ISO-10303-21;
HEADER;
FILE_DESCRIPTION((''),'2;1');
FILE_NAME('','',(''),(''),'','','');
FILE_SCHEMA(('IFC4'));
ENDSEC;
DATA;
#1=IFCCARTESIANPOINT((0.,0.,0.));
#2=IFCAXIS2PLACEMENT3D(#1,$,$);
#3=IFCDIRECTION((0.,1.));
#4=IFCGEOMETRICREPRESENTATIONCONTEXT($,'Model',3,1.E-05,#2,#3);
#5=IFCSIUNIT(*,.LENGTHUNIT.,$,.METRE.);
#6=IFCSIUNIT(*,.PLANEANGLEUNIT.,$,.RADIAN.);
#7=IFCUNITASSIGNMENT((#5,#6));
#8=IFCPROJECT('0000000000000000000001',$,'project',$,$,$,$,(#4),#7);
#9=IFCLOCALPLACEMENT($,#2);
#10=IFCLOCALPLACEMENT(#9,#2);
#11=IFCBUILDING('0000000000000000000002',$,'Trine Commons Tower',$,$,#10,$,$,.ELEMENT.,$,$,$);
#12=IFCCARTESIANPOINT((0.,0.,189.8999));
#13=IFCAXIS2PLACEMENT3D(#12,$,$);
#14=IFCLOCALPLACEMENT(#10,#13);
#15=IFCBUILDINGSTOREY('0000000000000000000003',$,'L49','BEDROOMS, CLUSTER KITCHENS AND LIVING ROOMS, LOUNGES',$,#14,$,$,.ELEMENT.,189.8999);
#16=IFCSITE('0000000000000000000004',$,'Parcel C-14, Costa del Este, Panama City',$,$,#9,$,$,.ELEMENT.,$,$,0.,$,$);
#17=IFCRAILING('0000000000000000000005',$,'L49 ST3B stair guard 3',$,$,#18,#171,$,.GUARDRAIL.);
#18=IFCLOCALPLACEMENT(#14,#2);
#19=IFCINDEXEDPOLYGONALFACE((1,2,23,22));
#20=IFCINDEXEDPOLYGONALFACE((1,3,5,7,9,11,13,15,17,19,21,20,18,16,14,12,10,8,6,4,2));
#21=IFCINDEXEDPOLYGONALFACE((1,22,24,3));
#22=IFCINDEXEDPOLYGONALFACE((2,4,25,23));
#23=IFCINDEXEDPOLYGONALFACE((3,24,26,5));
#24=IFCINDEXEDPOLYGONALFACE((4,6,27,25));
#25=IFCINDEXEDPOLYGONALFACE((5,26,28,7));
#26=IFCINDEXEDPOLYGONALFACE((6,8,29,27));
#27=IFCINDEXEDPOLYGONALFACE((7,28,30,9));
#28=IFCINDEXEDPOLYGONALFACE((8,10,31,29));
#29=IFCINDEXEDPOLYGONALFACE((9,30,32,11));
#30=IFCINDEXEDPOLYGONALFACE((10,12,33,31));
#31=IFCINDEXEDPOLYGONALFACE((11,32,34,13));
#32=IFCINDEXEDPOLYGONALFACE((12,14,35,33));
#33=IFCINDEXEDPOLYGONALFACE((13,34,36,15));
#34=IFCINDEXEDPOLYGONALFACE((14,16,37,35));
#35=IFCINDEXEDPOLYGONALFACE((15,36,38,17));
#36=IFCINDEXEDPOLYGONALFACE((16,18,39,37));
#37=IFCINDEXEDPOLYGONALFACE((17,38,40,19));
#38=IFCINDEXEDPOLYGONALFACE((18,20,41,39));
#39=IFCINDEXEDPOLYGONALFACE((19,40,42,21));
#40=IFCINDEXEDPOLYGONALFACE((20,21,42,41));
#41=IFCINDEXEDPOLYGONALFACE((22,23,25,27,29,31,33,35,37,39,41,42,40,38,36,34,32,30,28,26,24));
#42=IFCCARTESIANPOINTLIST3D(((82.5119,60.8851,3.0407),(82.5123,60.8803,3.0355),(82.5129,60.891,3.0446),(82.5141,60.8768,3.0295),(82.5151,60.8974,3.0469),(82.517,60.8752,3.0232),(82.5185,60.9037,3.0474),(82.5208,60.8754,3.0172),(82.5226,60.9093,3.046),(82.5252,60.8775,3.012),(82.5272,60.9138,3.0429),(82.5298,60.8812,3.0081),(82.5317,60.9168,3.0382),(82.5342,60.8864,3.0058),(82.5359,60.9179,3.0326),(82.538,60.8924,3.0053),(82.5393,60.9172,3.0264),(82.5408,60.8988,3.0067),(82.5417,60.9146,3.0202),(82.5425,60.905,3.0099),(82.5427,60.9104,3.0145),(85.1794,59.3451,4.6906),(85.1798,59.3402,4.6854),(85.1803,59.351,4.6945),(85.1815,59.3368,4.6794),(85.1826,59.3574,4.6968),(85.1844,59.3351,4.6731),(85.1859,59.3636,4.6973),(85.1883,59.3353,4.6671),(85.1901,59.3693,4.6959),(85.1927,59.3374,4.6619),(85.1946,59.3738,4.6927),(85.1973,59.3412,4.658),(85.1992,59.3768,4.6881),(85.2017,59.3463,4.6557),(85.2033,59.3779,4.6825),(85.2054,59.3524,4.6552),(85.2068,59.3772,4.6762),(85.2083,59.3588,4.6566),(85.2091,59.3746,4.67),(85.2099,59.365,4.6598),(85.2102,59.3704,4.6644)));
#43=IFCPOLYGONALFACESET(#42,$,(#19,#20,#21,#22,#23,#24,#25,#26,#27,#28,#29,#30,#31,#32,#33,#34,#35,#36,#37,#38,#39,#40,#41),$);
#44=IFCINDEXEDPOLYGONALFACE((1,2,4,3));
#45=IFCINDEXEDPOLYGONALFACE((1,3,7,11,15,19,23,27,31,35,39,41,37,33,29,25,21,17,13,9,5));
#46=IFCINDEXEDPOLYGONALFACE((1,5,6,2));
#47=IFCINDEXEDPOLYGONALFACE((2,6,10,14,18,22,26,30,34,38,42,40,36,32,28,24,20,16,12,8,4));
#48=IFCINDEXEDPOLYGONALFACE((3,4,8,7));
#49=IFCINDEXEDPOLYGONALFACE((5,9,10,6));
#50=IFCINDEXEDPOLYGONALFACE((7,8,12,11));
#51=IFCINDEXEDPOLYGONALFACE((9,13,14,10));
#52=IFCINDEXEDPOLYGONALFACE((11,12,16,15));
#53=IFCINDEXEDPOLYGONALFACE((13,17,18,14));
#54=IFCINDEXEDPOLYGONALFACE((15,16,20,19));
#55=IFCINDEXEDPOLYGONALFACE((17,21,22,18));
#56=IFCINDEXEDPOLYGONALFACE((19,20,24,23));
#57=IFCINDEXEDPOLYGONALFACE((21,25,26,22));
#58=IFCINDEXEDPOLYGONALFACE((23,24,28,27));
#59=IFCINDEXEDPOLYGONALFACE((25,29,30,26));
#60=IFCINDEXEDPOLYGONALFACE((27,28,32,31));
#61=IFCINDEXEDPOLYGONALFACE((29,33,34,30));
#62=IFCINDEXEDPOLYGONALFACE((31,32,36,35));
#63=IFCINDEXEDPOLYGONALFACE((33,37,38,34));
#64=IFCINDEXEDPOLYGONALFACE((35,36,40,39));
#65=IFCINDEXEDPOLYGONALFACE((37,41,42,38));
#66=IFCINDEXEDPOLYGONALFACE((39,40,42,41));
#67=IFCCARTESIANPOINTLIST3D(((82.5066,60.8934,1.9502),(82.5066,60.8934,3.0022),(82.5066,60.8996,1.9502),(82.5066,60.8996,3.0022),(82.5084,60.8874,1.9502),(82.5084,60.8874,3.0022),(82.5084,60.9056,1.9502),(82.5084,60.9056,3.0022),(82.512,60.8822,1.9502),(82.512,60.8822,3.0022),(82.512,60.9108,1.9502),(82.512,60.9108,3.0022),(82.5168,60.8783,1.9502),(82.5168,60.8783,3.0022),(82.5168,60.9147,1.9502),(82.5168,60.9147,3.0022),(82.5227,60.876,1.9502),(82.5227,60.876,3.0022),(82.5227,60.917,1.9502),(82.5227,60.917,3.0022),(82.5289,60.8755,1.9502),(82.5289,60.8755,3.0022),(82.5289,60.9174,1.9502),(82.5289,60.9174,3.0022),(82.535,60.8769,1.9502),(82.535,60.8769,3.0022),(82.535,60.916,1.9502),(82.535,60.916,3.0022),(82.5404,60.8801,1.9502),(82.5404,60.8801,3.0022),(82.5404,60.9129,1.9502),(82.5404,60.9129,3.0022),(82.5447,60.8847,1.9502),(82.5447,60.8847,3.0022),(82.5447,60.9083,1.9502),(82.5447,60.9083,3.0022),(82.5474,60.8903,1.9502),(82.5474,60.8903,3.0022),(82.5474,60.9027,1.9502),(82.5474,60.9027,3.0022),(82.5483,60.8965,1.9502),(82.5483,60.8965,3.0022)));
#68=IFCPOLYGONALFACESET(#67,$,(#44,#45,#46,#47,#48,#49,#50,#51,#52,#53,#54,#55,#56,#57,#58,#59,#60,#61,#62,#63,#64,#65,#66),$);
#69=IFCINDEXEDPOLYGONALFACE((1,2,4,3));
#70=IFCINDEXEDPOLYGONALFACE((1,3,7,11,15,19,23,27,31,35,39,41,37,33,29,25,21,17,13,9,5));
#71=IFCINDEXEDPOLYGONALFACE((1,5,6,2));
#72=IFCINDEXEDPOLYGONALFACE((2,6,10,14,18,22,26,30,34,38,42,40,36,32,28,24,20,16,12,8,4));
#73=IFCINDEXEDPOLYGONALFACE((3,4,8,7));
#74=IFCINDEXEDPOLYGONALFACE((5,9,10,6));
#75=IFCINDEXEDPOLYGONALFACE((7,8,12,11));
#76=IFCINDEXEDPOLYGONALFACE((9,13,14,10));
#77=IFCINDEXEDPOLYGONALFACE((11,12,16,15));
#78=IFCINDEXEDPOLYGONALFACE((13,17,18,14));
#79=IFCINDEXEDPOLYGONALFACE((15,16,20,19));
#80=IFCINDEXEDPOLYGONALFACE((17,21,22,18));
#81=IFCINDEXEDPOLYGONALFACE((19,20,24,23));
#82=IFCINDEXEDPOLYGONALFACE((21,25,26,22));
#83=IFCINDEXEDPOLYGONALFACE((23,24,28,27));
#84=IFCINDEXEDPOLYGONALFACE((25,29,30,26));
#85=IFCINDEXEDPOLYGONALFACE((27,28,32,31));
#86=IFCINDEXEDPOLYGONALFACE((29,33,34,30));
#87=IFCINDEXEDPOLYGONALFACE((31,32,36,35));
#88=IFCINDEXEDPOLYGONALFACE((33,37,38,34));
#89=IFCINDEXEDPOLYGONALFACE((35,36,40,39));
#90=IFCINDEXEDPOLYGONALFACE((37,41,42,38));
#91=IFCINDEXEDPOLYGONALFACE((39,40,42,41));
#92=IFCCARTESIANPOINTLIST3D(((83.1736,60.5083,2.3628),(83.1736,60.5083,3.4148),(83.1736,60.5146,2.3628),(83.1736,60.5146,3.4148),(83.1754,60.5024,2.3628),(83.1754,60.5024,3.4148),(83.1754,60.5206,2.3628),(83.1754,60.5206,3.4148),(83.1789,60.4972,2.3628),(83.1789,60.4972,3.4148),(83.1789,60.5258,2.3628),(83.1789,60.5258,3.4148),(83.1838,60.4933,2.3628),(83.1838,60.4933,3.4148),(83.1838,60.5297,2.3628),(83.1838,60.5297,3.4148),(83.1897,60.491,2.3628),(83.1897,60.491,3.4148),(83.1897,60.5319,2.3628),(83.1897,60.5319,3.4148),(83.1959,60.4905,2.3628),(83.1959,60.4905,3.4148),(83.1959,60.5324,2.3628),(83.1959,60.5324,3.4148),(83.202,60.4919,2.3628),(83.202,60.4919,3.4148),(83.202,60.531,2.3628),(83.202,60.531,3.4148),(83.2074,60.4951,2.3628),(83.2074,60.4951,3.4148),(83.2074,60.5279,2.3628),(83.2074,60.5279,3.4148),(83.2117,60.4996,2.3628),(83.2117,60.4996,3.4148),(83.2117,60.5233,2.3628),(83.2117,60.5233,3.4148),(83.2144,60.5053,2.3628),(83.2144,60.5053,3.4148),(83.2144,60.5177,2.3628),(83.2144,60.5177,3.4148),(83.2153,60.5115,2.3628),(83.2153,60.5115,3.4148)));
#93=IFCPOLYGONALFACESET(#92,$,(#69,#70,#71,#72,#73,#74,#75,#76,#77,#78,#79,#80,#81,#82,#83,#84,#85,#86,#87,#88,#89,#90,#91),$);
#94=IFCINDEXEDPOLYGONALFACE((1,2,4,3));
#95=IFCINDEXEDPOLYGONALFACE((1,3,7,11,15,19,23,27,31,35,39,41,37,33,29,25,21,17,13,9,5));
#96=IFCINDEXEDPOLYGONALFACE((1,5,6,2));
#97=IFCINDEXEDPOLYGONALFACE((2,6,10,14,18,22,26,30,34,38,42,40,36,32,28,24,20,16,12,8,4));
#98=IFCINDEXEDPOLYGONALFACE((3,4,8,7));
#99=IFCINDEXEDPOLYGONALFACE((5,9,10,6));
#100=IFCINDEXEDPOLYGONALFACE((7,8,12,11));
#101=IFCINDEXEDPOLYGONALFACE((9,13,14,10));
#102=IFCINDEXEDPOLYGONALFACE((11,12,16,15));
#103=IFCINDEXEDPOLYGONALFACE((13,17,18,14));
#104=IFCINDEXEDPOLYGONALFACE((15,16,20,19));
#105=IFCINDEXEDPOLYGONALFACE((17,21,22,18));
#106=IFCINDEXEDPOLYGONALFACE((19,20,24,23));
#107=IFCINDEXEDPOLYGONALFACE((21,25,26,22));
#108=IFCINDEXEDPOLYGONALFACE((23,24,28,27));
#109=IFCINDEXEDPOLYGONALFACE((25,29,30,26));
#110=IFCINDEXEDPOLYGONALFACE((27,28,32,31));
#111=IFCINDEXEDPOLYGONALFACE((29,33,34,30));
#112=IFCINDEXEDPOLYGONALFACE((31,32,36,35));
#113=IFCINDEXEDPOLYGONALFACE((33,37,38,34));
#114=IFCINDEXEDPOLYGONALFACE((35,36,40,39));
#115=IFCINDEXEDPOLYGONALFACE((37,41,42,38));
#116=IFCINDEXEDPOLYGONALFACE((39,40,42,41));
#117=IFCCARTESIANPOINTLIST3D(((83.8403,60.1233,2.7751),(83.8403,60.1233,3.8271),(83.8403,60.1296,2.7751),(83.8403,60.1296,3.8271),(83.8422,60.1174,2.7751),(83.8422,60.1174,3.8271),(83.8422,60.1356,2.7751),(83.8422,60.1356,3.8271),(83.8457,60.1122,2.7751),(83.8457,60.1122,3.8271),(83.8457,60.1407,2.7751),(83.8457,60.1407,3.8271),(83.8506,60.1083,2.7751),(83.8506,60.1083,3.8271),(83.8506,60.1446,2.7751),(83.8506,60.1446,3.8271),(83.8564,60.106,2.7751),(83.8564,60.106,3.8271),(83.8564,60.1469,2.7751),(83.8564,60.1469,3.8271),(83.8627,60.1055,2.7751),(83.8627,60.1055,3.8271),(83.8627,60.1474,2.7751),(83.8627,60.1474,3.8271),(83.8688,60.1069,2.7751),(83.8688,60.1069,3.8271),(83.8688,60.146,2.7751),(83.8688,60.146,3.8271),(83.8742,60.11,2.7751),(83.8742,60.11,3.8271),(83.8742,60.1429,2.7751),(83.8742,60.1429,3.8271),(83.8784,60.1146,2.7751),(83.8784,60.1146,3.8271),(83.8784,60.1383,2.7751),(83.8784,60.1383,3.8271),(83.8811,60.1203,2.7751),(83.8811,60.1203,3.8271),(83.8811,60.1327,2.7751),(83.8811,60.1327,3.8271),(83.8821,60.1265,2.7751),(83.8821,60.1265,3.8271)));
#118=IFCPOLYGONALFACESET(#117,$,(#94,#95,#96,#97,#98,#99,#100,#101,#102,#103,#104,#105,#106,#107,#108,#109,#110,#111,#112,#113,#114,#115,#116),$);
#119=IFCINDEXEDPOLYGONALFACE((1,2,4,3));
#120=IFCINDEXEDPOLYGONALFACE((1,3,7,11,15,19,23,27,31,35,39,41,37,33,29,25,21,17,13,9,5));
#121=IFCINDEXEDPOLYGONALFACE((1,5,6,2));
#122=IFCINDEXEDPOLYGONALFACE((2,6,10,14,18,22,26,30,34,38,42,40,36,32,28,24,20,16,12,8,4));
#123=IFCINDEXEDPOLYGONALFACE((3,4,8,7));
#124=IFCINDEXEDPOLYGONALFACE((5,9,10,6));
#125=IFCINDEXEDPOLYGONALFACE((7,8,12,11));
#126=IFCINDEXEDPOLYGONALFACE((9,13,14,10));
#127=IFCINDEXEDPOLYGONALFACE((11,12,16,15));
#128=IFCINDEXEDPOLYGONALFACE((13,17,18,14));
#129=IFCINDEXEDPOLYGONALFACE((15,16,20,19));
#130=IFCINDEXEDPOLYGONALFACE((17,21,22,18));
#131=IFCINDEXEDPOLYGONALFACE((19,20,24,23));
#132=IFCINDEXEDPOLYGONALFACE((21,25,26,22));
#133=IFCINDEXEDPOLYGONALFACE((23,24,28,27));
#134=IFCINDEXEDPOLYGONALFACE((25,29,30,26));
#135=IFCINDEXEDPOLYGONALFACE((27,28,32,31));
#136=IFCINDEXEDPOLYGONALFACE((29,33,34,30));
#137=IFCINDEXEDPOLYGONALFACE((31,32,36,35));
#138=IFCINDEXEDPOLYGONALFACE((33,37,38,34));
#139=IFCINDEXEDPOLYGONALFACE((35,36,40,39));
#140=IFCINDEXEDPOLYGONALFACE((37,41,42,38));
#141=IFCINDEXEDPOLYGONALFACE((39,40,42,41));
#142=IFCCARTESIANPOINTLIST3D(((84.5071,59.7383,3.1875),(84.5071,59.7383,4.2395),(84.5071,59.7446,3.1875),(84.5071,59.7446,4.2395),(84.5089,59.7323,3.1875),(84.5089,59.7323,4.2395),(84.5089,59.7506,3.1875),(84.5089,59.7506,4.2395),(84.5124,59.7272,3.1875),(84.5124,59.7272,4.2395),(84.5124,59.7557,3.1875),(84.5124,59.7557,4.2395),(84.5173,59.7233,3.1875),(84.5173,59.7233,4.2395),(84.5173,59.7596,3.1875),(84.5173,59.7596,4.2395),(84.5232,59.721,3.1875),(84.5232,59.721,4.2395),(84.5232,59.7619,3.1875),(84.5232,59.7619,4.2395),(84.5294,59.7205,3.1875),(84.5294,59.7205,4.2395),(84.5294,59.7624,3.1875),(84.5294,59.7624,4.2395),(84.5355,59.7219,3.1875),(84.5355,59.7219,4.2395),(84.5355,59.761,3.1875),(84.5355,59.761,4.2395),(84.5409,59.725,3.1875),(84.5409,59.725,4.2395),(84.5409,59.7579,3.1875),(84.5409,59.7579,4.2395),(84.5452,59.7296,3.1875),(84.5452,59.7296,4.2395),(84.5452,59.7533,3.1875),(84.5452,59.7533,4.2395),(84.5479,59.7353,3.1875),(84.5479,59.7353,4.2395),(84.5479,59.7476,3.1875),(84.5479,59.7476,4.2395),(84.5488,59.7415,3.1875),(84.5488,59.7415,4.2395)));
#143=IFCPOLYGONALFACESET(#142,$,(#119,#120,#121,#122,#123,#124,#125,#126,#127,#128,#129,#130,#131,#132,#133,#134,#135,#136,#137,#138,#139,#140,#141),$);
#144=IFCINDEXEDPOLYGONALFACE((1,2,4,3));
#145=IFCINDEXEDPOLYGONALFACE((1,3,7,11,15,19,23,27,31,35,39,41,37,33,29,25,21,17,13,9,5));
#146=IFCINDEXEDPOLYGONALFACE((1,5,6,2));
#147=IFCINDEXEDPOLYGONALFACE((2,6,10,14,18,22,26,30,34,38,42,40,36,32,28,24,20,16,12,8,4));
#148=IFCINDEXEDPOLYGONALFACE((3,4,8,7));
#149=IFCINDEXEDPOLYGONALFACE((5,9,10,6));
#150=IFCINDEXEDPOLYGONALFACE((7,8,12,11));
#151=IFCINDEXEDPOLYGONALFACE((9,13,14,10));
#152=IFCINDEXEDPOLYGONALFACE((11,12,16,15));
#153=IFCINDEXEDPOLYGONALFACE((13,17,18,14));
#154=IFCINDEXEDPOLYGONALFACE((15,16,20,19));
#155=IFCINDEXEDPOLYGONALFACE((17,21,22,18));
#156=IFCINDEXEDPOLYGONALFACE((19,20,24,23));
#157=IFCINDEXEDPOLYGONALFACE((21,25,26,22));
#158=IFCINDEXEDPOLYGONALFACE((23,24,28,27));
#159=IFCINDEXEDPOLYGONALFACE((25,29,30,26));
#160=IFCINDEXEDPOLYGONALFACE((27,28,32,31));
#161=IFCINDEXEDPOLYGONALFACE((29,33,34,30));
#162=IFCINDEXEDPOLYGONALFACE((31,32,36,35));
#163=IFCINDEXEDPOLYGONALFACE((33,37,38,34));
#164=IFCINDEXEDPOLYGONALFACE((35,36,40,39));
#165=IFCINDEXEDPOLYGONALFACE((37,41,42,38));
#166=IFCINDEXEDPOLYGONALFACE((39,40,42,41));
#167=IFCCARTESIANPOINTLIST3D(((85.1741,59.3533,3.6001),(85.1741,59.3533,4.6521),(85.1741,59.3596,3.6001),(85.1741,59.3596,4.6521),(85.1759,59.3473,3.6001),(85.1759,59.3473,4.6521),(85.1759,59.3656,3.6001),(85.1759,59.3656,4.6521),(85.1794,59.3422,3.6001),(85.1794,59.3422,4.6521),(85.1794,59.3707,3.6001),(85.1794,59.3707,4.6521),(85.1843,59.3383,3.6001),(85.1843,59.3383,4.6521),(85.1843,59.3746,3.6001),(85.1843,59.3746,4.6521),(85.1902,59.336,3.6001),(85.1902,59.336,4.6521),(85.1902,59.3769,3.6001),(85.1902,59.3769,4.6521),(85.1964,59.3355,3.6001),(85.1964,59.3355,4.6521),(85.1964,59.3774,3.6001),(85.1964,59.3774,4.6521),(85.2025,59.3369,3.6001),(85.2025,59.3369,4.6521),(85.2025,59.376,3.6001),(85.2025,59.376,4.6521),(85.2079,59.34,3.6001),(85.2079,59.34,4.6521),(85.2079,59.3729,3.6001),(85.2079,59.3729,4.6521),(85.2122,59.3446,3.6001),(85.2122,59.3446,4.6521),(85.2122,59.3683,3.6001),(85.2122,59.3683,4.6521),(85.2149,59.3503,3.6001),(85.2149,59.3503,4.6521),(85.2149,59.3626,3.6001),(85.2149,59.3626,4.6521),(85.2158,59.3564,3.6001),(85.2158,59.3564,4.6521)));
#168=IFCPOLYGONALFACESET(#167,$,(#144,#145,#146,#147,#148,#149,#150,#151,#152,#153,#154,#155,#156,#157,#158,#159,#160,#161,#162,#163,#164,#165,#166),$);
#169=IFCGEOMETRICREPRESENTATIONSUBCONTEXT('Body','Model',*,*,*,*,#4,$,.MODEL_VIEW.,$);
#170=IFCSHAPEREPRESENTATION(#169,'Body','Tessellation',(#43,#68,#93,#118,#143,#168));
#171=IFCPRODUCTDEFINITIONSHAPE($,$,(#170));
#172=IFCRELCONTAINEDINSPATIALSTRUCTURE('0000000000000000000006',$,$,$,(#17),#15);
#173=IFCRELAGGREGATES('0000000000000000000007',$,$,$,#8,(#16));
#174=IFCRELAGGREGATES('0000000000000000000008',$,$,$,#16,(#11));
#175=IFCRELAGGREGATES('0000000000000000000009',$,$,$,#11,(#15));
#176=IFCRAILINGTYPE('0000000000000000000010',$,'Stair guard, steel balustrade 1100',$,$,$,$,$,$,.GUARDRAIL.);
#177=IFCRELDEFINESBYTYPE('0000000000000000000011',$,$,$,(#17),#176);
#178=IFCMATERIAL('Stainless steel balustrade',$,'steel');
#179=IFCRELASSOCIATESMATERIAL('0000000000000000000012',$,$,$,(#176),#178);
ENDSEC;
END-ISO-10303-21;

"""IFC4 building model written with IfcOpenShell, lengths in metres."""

from ifc_helpers import new_model, si_unit, direction, frame, origin, origin_2d, place, context, subcontext, project, spatial, circle, extrude, material, type_object, element, save


model = new_model("IFC4")

# Units and contexts
model_context = context("Model", 3, precision=1e-05, world=origin(), true_north=direction((0.0, 1.0)))
body_context = subcontext(model_context, "Body", "Model", "MODEL_VIEW")
ifc_project = project(units=[si_unit("LENGTHUNIT", "METRE"), si_unit("PLANEANGLEUNIT", "RADIAN")], contexts=[model_context])

# Site, building, storey
site_placement = place(None, origin())
site = spatial("IfcSite", under=ifc_project, at=site_placement, Name="Parcel C-14, Costa del Este, Panama City", CompositionType="ELEMENT", RefElevation=0.0)
building_placement = place(site_placement, origin())
building = spatial("IfcBuilding", under=site, at=building_placement, Name="Trine Commons Tower", CompositionType="ELEMENT")
storey_placement = place(building_placement, frame((0.0, 0.0, 189.8999)))
storey = spatial("IfcBuildingStorey", under=building, at=storey_placement, Name="L49", Description="BEDROOMS, CLUSTER KITCHENS AND LIVING ROOMS, LOUNGES", CompositionType="ELEMENT", Elevation=189.8999)

# Railing
ifc_material_1 = material(Name="Stainless steel balustrade", Category="steel")
railing_type_1 = type_object("IfcRailingType", Name="Stair guard, steel balustrade 1100", PredefinedType="GUARDRAIL", material=ifc_material_1)
railing_1_placement = place(storey_placement, frame((82.5273, 60.8965, 1.9502)))
element("IfcRailing", 1, at=railing_1_placement, inside=storey, type_object=railing_type_1, Name="L49 ST3B stair guard 3", PredefinedType="GUARDRAIL", context=body_context, shape_type="SweptSolid", body=[
    extrude(circle(Radius=0.0239, at=origin_2d()), frame((0.0, 0.0, 1.0762), z_axis=(0.763405, -0.440743, 0.472185), x_axis=(0.499992, 0.86603, 0.0)), (0.0, 0.0, 1.0), 3.4941),
    extrude(circle(Radius=0.021, at=origin_2d()), origin(), (0.0, 0.0, 1.0), 1.052),
    extrude(circle(Radius=0.021, at=origin_2d()), frame((0.667, -0.385, 0.4126)), (0.0, 0.0, 1.0), 1.052),
    extrude(circle(Radius=0.021, at=origin_2d()), frame((1.3337, -0.77, 0.825)), (0.0, 0.0, 1.0), 1.052),
    extrude(circle(Radius=0.021, at=origin_2d()), frame((2.0005, -1.155, 1.2373)), (0.0, 0.0, 1.0), 1.052),
    extrude(circle(Radius=0.021, at=origin_2d()), frame((2.6675, -1.54, 1.6499)), (0.0, 0.0, 1.0), 1.052),
])

save(model, "model.ifc")
